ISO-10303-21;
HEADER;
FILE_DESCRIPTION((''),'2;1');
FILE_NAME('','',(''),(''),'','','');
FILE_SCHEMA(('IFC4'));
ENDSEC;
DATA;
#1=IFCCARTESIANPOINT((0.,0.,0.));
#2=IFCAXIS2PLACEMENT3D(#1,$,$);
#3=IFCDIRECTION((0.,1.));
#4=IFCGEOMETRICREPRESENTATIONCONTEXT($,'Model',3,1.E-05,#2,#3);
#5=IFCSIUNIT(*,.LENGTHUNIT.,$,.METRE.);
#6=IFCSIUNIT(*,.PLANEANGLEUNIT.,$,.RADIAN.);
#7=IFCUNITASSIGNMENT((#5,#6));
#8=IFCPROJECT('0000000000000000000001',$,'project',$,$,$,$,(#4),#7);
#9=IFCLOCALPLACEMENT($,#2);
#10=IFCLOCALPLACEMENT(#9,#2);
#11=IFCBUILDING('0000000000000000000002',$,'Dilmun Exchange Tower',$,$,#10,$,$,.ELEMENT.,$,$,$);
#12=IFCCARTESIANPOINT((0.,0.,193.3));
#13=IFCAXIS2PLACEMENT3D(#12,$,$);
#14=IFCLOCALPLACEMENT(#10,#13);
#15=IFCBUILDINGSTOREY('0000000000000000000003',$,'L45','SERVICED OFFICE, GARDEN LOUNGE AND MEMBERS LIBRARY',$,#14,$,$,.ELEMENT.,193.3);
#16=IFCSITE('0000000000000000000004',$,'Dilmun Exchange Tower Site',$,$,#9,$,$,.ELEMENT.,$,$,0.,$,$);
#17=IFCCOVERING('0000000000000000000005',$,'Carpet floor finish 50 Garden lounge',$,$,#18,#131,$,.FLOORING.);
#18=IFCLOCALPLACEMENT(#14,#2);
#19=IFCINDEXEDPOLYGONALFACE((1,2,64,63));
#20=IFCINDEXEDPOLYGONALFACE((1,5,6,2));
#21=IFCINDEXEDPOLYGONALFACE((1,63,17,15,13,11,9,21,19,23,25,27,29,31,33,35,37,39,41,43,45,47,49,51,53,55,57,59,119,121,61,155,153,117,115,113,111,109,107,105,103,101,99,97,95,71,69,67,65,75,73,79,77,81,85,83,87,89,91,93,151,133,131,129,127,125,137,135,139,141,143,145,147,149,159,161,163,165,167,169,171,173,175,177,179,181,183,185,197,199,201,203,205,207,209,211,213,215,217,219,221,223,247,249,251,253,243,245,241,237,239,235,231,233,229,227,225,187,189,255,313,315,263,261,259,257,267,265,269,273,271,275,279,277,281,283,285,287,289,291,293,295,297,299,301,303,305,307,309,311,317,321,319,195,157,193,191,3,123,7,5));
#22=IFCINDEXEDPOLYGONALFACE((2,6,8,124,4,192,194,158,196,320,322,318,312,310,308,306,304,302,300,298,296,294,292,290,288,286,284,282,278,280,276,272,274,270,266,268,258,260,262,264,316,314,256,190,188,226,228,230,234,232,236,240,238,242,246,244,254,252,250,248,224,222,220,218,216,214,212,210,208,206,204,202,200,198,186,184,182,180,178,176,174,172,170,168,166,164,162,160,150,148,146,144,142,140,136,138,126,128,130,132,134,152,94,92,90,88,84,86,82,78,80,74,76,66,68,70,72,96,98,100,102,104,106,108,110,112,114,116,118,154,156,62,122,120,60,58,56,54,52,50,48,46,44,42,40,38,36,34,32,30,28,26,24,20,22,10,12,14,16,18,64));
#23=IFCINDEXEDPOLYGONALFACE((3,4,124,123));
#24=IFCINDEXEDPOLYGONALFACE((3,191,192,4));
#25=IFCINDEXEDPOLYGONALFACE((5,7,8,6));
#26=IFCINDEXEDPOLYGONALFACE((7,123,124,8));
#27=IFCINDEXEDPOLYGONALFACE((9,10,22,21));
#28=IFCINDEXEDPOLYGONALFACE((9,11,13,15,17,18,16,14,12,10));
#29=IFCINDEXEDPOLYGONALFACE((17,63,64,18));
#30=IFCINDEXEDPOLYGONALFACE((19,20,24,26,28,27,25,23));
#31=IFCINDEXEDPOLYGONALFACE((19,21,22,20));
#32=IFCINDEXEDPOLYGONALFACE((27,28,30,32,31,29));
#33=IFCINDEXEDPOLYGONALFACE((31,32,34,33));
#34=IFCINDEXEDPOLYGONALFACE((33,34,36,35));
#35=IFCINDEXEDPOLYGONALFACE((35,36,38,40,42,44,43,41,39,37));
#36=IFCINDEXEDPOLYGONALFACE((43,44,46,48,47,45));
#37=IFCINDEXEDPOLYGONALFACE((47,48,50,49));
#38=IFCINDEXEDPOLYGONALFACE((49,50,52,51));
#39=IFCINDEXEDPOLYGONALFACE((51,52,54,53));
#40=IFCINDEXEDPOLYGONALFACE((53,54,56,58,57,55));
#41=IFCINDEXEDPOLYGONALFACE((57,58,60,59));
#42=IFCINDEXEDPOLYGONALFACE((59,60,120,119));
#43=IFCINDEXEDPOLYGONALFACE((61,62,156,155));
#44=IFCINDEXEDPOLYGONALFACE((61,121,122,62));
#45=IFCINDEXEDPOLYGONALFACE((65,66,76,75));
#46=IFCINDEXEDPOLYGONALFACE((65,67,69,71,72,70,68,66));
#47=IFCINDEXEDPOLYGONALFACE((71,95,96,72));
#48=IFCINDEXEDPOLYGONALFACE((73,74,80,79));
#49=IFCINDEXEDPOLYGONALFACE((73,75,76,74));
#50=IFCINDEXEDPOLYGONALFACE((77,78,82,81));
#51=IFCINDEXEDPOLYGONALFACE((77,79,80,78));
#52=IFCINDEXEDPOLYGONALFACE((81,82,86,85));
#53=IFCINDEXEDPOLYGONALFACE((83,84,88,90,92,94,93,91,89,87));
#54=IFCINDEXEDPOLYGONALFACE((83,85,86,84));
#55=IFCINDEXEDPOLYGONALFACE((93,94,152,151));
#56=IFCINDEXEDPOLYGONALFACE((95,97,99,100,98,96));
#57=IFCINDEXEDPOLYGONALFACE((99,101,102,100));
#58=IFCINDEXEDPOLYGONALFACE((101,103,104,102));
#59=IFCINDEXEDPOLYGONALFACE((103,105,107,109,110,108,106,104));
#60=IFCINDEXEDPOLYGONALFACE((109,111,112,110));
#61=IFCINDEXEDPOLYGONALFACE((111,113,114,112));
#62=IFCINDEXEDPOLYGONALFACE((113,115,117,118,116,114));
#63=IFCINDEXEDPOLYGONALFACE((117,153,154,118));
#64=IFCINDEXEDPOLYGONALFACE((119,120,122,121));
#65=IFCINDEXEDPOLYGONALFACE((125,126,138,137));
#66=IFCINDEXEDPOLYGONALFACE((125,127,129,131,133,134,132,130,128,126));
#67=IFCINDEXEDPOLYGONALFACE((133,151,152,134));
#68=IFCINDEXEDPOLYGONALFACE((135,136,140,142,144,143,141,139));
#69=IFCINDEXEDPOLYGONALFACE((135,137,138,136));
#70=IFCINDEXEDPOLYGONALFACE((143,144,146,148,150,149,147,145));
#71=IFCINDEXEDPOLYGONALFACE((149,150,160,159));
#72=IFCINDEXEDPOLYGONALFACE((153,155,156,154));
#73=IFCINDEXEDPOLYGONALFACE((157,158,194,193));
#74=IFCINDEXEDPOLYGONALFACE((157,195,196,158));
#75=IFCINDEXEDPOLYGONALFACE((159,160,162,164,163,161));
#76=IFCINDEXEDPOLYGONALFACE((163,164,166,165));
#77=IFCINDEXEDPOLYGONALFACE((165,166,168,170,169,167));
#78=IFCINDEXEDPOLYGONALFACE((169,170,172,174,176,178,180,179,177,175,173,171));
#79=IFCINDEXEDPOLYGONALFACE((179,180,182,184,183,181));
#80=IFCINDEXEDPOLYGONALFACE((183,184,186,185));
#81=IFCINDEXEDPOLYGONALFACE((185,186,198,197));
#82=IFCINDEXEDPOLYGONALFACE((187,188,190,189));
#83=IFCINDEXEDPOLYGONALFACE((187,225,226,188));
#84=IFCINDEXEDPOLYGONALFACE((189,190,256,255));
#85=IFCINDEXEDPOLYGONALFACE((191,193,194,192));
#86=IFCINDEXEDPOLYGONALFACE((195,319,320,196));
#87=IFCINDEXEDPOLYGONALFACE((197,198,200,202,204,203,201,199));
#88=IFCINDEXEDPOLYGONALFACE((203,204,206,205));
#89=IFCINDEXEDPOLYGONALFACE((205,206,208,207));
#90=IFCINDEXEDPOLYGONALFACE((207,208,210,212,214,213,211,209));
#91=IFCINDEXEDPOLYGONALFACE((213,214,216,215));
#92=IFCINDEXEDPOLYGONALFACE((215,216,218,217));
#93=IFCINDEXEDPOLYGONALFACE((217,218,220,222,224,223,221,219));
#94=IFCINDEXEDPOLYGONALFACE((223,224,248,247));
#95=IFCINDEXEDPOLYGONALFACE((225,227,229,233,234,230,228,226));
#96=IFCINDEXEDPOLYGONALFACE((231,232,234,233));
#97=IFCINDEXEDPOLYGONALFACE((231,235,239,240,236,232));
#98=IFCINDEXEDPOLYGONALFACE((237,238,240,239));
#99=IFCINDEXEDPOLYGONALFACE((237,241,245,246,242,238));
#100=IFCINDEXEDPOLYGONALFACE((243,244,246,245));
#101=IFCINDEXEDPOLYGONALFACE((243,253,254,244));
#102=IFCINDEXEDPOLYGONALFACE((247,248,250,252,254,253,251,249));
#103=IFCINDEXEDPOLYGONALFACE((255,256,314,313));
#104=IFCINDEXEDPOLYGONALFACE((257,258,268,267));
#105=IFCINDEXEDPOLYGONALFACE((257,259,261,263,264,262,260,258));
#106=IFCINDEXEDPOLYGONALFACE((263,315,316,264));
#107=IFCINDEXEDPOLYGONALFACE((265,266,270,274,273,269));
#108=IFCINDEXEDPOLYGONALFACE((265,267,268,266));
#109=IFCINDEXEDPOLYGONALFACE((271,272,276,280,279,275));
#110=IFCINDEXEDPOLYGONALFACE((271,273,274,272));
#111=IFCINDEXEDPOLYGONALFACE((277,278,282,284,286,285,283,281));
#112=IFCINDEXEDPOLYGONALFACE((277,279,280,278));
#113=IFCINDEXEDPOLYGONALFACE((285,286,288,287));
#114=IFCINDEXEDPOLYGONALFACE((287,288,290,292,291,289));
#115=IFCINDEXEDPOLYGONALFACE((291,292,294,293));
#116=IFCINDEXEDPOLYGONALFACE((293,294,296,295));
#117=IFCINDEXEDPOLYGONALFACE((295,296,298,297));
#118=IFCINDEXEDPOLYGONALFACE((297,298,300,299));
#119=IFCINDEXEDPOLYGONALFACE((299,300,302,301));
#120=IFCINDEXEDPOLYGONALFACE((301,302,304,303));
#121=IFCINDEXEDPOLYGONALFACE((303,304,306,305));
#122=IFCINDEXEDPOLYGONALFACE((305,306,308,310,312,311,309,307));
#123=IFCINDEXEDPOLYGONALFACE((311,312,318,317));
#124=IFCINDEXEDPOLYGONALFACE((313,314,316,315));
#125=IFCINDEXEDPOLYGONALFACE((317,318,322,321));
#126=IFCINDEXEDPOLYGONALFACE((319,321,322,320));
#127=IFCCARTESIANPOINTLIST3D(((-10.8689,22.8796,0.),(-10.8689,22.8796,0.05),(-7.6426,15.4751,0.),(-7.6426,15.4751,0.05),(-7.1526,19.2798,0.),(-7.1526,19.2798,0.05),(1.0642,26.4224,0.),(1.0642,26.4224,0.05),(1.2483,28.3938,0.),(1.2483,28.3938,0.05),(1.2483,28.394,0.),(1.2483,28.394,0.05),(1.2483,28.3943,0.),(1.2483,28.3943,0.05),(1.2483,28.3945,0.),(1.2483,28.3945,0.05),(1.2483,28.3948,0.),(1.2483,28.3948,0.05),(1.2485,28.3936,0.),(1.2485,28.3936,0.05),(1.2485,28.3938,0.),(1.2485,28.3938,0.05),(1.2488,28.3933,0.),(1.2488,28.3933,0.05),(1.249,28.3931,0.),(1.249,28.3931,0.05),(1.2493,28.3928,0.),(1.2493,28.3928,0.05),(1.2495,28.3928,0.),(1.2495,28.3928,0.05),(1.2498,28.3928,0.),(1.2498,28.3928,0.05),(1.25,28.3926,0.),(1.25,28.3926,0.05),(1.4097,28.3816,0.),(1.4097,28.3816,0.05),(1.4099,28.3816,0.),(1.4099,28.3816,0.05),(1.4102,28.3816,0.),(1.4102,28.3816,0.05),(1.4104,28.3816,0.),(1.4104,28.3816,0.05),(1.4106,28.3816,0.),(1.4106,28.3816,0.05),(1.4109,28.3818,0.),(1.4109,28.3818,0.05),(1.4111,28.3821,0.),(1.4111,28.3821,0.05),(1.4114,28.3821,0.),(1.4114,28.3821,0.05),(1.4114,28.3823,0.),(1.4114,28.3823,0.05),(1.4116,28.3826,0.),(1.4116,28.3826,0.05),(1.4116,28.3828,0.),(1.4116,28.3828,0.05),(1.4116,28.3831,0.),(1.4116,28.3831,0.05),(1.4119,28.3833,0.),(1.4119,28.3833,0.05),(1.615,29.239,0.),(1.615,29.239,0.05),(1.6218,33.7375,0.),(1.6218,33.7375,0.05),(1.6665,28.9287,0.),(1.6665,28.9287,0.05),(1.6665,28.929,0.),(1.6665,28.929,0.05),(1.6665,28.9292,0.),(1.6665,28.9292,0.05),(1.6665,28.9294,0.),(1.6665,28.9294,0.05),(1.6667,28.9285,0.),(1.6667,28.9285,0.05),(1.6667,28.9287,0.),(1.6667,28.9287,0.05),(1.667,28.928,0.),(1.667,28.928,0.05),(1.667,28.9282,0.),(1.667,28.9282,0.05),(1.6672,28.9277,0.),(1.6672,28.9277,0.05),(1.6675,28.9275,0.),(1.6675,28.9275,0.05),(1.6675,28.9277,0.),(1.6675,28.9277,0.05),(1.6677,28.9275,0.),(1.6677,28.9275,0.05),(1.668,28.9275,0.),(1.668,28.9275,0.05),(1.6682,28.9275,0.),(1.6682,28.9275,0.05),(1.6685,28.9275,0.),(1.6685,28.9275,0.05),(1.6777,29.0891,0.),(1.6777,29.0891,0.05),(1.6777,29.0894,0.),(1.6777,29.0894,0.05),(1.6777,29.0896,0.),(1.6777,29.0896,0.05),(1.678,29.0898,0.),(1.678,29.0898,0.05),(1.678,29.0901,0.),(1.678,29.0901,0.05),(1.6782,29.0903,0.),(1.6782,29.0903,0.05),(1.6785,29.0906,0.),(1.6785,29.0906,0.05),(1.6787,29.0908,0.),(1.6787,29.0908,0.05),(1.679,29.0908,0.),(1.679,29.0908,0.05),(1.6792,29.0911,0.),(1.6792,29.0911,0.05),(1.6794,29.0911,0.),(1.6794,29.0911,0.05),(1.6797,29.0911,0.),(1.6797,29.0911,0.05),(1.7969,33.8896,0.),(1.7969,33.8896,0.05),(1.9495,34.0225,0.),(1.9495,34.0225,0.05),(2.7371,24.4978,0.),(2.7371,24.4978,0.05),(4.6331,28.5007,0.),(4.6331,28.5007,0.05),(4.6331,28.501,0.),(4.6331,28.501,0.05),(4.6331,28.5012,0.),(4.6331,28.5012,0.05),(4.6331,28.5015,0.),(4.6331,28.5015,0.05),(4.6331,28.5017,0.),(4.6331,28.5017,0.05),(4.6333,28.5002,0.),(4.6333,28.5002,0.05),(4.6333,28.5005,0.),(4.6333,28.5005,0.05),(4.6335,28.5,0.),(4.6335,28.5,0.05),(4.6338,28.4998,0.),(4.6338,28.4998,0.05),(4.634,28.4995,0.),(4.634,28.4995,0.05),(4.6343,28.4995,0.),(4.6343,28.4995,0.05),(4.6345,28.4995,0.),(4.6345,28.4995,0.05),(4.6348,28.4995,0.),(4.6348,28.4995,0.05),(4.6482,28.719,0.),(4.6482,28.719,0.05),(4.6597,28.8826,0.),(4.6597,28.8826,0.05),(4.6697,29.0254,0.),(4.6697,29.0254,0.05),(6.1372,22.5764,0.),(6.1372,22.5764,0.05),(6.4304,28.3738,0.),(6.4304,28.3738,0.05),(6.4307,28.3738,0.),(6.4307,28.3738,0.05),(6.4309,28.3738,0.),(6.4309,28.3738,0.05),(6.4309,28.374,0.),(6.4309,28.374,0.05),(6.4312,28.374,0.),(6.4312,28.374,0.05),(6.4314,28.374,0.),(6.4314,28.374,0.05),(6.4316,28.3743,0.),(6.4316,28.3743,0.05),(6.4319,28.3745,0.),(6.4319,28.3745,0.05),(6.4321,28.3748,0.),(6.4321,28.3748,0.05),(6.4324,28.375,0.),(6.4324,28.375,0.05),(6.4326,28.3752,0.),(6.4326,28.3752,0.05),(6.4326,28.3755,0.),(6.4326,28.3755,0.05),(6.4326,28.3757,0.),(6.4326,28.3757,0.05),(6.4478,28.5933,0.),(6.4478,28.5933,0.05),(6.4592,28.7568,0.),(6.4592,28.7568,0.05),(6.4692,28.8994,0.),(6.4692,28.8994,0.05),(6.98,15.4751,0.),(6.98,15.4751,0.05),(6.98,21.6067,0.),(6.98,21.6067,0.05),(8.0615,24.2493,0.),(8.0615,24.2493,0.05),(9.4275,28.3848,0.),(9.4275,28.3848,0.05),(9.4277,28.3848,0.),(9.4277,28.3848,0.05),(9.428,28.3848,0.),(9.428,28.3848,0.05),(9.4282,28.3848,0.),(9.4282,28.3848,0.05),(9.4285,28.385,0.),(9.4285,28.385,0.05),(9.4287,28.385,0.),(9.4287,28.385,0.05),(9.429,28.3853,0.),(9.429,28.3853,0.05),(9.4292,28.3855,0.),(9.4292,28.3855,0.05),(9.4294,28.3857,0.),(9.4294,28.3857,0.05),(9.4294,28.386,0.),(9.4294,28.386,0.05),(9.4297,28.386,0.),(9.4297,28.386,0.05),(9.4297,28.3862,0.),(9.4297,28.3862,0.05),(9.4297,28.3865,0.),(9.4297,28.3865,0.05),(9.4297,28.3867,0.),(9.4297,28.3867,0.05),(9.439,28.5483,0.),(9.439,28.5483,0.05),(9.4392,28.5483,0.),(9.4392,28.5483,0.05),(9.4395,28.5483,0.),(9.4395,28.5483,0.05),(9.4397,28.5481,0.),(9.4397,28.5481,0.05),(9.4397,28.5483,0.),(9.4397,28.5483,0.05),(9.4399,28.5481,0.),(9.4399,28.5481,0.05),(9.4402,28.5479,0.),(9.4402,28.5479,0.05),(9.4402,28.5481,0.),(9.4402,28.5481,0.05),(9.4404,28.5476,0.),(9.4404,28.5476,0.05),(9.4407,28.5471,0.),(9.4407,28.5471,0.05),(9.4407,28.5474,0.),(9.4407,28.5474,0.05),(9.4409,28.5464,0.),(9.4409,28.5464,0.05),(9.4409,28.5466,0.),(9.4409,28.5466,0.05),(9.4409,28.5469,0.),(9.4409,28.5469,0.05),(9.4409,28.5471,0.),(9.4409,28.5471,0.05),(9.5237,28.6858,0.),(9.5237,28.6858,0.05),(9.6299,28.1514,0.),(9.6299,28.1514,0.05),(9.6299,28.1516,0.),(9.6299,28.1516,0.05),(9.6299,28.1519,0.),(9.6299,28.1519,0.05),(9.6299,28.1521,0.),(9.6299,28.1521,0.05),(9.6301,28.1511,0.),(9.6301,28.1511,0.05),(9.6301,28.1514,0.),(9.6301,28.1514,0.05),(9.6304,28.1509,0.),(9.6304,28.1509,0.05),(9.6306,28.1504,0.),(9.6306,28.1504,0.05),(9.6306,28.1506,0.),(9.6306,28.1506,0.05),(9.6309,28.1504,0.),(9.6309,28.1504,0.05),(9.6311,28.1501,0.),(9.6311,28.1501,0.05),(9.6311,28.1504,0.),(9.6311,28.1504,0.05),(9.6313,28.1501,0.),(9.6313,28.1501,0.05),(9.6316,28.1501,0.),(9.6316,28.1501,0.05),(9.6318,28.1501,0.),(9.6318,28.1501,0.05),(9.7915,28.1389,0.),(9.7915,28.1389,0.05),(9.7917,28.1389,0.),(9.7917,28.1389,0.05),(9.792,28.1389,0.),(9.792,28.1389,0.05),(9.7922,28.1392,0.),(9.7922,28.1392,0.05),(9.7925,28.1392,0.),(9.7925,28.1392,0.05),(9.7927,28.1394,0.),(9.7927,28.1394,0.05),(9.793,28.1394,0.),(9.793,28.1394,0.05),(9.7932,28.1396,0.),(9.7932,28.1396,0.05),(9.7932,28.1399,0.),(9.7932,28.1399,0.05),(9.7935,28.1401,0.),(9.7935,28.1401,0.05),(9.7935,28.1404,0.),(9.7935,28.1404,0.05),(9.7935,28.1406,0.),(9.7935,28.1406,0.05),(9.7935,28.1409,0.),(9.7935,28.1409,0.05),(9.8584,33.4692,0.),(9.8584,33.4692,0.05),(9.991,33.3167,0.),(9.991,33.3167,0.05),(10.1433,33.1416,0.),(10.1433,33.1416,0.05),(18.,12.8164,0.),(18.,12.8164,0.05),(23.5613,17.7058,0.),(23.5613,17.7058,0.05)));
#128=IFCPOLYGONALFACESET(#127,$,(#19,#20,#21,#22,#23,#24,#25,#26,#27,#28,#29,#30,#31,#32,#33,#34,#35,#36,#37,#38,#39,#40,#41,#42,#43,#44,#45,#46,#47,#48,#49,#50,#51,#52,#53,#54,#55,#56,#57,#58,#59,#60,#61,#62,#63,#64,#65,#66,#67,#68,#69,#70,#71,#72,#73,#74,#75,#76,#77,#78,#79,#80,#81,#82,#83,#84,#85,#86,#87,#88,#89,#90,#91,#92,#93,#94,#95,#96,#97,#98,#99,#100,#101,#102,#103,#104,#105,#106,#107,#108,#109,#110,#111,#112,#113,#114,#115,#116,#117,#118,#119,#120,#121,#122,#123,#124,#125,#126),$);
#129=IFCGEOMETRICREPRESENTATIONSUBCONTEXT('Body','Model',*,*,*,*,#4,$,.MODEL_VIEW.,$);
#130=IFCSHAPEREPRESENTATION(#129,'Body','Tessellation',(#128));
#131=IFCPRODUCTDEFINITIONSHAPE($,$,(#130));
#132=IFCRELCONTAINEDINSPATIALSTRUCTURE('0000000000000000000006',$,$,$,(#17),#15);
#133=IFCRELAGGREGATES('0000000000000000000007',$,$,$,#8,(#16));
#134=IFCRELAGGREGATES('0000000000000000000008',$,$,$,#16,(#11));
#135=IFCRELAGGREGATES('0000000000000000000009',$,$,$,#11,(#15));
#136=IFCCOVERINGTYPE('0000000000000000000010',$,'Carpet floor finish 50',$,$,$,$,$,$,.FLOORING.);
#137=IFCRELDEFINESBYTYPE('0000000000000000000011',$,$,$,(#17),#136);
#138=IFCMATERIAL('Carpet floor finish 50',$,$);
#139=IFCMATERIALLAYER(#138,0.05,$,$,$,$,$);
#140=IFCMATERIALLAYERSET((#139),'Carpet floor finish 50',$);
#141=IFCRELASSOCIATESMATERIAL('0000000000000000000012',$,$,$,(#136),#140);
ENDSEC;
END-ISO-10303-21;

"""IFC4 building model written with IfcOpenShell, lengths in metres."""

from ifc_helpers import new_model, si_unit, direction, frame, origin, place, context, subcontext, project, spatial, polyline, outline, extrude, material, layer, layer_set, type_object, element, save


model = new_model("IFC4")

# Units and contexts
model_context = context("Model", 3, precision=1e-05, world=origin(), true_north=direction((0.0, 1.0)))
body_context = subcontext(model_context, "Body", "Model", "MODEL_VIEW")
ifc_project = project(units=[si_unit("LENGTHUNIT", "METRE"), si_unit("PLANEANGLEUNIT", "RADIAN")], contexts=[model_context])

# Site, building, storey
site_placement = place(None, origin())
site = spatial("IfcSite", under=ifc_project, at=site_placement, Name="Dilmun Exchange Tower Site", CompositionType="ELEMENT", RefElevation=0.0)
building_placement = place(site_placement, origin())
building = spatial("IfcBuilding", under=site, at=building_placement, Name="Dilmun Exchange Tower", CompositionType="ELEMENT")
storey_placement = place(building_placement, frame((0.0, 0.0, 193.3)))
storey = spatial("IfcBuildingStorey", under=building, at=storey_placement, Name="L45", Description="SERVICED OFFICE, GARDEN LOUNGE AND MEMBERS LIBRARY", CompositionType="ELEMENT", Elevation=193.3)

# Covering
ifc_material_1 = material(Name="Carpet floor finish 50")
ifc_layer_1 = layer(ifc_material_1, 0.05)
ifc_layer_set_1 = layer_set([ifc_layer_1], Name="Carpet floor finish 50")
covering_type_1 = type_object("IfcCoveringType", Name="Carpet floor finish 50", PredefinedType="FLOORING", material=ifc_layer_set_1)
covering_1_placement = place(storey_placement, origin())
element("IfcCovering", 1, at=covering_1_placement, inside=storey, type_object=covering_type_1, Name="Carpet floor finish 50 Garden lounge", PredefinedType="FLOORING", context=body_context, shape_type="SweptSolid", body=[
    extrude(outline(polyline([(1.0642, 26.4224), (-7.1526, 19.2798), (-10.8689, 22.8796), (1.6218, 33.7375), (1.2483, 28.3948), (1.2483, 28.3945), (1.2483, 28.3943), (1.2483, 28.3943), (1.2483, 28.394), (1.2483, 28.3938), (1.2485, 28.3938), (1.2485, 28.3936), (1.2488, 28.3933), (1.2488, 28.3933), (1.249, 28.3931), (1.249, 28.3931), (1.2493, 28.3928), (1.2495, 28.3928), (1.2498, 28.3928), (1.25, 28.3926), (1.25, 28.3926), (1.4097, 28.3816), (1.4099, 28.3816), (1.4102, 28.3816), (1.4104, 28.3816), (1.4104, 28.3816), (1.4106, 28.3816), (1.4109, 28.3818), (1.4109, 28.3818), (1.4111, 28.3821), (1.4114, 28.3821), (1.4114, 28.3823), (1.4116, 28.3826), (1.4116, 28.3826), (1.4116, 28.3828), (1.4116, 28.3831), (1.4119, 28.3833), (1.4119, 28.3833), (1.7969, 33.8896), (1.9495, 34.0225), (1.615, 29.239), (4.6697, 29.0254), (4.6597, 28.8826), (1.6797, 29.0911), (1.6797, 29.0911), (1.6794, 29.0911), (1.6792, 29.0911), (1.679, 29.0908), (1.679, 29.0908), (1.6787, 29.0908), (1.6785, 29.0906), (1.6785, 29.0906), (1.6782, 29.0903), (1.678, 29.0901), (1.678, 29.0901), (1.678, 29.0898), (1.6777, 29.0896), (1.6777, 29.0896), (1.6777, 29.0894), (1.6777, 29.0891), (1.6665, 28.9294), (1.6665, 28.9292), (1.6665, 28.9292), (1.6665, 28.929), (1.6665, 28.9287), (1.6667, 28.9287), (1.6667, 28.9285), (1.667, 28.9282), (1.667, 28.928), (1.667, 28.928), (1.6672, 28.9277), (1.6675, 28.9277), (1.6675, 28.9275), (1.6677, 28.9275), (1.668, 28.9275), (1.6682, 28.9275), (1.6685, 28.9275), (4.6482, 28.719), (4.6331, 28.5017), (4.6331, 28.5015), (4.6331, 28.5012), (4.6331, 28.501), (4.6331, 28.5007), (4.6333, 28.5005), (4.6333, 28.5005), (4.6333, 28.5002), (4.6335, 28.5), (4.6335, 28.5), (4.6338, 28.4998), (4.6338, 28.4998), (4.634, 28.4995), (4.6343, 28.4995), (4.6345, 28.4995), (4.6345, 28.4995), (4.6348, 28.4995), (6.4304, 28.3738), (6.4307, 28.3738), (6.4309, 28.3738), (6.4309, 28.374), (6.4312, 28.374), (6.4314, 28.374), (6.4316, 28.3743), (6.4316, 28.3743), (6.4319, 28.3745), (6.4319, 28.3745), (6.4321, 28.3748), (6.4324, 28.375), (6.4324, 28.375), (6.4326, 28.3752), (6.4326, 28.3755), (6.4326, 28.3755), (6.4326, 28.3757), (6.4478, 28.5933), (9.4275, 28.3848), (9.4277, 28.3848), (9.428, 28.3848), (9.4282, 28.3848), (9.4285, 28.385), (9.4285, 28.385), (9.4287, 28.385), (9.429, 28.3853), (9.429, 28.3853), (9.4292, 28.3855), (9.4292, 28.3855), (9.4294, 28.3857), (9.4294, 28.386), (9.4297, 28.386), (9.4297, 28.3862), (9.4297, 28.3865), (9.4297, 28.3867), (9.4409, 28.5464), (9.4409, 28.5464), (9.4409, 28.5466), (9.4409, 28.5469), (9.4409, 28.5471), (9.4407, 28.5471), (9.4407, 28.5474), (9.4404, 28.5476), (9.4404, 28.5476), (9.4402, 28.5479), (9.4402, 28.5481), (9.4399, 28.5481), (9.4397, 28.5481), (9.4397, 28.5483), (9.4395, 28.5483), (9.4392, 28.5483), (9.439, 28.5483), (6.4592, 28.7568), (6.4692, 28.8994), (9.5237, 28.6858), (9.8584, 33.4692), (9.991, 33.3167), (9.6299, 28.1521), (9.6299, 28.1521), (9.6299, 28.1519), (9.6299, 28.1516), (9.6299, 28.1514), (9.6301, 28.1514), (9.6301, 28.1511), (9.6304, 28.1509), (9.6304, 28.1509), (9.6306, 28.1506), (9.6306, 28.1504), (9.6309, 28.1504), (9.6311, 28.1504), (9.6311, 28.1501), (9.6313, 28.1501), (9.6316, 28.1501), (9.6318, 28.1501), (9.7915, 28.1389), (9.7915, 28.1389), (9.7917, 28.1389), (9.792, 28.1389), (9.792, 28.1389), (9.7922, 28.1392), (9.7925, 28.1392), (9.7927, 28.1394), (9.7927, 28.1394), (9.793, 28.1394), (9.7932, 28.1396), (9.7932, 28.1399), (9.7932, 28.1399), (9.7935, 28.1401), (9.7935, 28.1404), (9.7935, 28.1406), (9.7935, 28.1409), (10.1433, 33.1416), (23.5613, 17.7058), (18.0, 12.8164), (8.0615, 24.2493), (6.1372, 22.5764), (6.98, 21.6067), (6.98, 15.4751), (-7.6426, 15.4751), (2.7371, 24.4978), (1.0642, 26.4224)])), origin(), (0.0, 0.0, 1.0), 0.05),
])

save(model, "model.ifc")
